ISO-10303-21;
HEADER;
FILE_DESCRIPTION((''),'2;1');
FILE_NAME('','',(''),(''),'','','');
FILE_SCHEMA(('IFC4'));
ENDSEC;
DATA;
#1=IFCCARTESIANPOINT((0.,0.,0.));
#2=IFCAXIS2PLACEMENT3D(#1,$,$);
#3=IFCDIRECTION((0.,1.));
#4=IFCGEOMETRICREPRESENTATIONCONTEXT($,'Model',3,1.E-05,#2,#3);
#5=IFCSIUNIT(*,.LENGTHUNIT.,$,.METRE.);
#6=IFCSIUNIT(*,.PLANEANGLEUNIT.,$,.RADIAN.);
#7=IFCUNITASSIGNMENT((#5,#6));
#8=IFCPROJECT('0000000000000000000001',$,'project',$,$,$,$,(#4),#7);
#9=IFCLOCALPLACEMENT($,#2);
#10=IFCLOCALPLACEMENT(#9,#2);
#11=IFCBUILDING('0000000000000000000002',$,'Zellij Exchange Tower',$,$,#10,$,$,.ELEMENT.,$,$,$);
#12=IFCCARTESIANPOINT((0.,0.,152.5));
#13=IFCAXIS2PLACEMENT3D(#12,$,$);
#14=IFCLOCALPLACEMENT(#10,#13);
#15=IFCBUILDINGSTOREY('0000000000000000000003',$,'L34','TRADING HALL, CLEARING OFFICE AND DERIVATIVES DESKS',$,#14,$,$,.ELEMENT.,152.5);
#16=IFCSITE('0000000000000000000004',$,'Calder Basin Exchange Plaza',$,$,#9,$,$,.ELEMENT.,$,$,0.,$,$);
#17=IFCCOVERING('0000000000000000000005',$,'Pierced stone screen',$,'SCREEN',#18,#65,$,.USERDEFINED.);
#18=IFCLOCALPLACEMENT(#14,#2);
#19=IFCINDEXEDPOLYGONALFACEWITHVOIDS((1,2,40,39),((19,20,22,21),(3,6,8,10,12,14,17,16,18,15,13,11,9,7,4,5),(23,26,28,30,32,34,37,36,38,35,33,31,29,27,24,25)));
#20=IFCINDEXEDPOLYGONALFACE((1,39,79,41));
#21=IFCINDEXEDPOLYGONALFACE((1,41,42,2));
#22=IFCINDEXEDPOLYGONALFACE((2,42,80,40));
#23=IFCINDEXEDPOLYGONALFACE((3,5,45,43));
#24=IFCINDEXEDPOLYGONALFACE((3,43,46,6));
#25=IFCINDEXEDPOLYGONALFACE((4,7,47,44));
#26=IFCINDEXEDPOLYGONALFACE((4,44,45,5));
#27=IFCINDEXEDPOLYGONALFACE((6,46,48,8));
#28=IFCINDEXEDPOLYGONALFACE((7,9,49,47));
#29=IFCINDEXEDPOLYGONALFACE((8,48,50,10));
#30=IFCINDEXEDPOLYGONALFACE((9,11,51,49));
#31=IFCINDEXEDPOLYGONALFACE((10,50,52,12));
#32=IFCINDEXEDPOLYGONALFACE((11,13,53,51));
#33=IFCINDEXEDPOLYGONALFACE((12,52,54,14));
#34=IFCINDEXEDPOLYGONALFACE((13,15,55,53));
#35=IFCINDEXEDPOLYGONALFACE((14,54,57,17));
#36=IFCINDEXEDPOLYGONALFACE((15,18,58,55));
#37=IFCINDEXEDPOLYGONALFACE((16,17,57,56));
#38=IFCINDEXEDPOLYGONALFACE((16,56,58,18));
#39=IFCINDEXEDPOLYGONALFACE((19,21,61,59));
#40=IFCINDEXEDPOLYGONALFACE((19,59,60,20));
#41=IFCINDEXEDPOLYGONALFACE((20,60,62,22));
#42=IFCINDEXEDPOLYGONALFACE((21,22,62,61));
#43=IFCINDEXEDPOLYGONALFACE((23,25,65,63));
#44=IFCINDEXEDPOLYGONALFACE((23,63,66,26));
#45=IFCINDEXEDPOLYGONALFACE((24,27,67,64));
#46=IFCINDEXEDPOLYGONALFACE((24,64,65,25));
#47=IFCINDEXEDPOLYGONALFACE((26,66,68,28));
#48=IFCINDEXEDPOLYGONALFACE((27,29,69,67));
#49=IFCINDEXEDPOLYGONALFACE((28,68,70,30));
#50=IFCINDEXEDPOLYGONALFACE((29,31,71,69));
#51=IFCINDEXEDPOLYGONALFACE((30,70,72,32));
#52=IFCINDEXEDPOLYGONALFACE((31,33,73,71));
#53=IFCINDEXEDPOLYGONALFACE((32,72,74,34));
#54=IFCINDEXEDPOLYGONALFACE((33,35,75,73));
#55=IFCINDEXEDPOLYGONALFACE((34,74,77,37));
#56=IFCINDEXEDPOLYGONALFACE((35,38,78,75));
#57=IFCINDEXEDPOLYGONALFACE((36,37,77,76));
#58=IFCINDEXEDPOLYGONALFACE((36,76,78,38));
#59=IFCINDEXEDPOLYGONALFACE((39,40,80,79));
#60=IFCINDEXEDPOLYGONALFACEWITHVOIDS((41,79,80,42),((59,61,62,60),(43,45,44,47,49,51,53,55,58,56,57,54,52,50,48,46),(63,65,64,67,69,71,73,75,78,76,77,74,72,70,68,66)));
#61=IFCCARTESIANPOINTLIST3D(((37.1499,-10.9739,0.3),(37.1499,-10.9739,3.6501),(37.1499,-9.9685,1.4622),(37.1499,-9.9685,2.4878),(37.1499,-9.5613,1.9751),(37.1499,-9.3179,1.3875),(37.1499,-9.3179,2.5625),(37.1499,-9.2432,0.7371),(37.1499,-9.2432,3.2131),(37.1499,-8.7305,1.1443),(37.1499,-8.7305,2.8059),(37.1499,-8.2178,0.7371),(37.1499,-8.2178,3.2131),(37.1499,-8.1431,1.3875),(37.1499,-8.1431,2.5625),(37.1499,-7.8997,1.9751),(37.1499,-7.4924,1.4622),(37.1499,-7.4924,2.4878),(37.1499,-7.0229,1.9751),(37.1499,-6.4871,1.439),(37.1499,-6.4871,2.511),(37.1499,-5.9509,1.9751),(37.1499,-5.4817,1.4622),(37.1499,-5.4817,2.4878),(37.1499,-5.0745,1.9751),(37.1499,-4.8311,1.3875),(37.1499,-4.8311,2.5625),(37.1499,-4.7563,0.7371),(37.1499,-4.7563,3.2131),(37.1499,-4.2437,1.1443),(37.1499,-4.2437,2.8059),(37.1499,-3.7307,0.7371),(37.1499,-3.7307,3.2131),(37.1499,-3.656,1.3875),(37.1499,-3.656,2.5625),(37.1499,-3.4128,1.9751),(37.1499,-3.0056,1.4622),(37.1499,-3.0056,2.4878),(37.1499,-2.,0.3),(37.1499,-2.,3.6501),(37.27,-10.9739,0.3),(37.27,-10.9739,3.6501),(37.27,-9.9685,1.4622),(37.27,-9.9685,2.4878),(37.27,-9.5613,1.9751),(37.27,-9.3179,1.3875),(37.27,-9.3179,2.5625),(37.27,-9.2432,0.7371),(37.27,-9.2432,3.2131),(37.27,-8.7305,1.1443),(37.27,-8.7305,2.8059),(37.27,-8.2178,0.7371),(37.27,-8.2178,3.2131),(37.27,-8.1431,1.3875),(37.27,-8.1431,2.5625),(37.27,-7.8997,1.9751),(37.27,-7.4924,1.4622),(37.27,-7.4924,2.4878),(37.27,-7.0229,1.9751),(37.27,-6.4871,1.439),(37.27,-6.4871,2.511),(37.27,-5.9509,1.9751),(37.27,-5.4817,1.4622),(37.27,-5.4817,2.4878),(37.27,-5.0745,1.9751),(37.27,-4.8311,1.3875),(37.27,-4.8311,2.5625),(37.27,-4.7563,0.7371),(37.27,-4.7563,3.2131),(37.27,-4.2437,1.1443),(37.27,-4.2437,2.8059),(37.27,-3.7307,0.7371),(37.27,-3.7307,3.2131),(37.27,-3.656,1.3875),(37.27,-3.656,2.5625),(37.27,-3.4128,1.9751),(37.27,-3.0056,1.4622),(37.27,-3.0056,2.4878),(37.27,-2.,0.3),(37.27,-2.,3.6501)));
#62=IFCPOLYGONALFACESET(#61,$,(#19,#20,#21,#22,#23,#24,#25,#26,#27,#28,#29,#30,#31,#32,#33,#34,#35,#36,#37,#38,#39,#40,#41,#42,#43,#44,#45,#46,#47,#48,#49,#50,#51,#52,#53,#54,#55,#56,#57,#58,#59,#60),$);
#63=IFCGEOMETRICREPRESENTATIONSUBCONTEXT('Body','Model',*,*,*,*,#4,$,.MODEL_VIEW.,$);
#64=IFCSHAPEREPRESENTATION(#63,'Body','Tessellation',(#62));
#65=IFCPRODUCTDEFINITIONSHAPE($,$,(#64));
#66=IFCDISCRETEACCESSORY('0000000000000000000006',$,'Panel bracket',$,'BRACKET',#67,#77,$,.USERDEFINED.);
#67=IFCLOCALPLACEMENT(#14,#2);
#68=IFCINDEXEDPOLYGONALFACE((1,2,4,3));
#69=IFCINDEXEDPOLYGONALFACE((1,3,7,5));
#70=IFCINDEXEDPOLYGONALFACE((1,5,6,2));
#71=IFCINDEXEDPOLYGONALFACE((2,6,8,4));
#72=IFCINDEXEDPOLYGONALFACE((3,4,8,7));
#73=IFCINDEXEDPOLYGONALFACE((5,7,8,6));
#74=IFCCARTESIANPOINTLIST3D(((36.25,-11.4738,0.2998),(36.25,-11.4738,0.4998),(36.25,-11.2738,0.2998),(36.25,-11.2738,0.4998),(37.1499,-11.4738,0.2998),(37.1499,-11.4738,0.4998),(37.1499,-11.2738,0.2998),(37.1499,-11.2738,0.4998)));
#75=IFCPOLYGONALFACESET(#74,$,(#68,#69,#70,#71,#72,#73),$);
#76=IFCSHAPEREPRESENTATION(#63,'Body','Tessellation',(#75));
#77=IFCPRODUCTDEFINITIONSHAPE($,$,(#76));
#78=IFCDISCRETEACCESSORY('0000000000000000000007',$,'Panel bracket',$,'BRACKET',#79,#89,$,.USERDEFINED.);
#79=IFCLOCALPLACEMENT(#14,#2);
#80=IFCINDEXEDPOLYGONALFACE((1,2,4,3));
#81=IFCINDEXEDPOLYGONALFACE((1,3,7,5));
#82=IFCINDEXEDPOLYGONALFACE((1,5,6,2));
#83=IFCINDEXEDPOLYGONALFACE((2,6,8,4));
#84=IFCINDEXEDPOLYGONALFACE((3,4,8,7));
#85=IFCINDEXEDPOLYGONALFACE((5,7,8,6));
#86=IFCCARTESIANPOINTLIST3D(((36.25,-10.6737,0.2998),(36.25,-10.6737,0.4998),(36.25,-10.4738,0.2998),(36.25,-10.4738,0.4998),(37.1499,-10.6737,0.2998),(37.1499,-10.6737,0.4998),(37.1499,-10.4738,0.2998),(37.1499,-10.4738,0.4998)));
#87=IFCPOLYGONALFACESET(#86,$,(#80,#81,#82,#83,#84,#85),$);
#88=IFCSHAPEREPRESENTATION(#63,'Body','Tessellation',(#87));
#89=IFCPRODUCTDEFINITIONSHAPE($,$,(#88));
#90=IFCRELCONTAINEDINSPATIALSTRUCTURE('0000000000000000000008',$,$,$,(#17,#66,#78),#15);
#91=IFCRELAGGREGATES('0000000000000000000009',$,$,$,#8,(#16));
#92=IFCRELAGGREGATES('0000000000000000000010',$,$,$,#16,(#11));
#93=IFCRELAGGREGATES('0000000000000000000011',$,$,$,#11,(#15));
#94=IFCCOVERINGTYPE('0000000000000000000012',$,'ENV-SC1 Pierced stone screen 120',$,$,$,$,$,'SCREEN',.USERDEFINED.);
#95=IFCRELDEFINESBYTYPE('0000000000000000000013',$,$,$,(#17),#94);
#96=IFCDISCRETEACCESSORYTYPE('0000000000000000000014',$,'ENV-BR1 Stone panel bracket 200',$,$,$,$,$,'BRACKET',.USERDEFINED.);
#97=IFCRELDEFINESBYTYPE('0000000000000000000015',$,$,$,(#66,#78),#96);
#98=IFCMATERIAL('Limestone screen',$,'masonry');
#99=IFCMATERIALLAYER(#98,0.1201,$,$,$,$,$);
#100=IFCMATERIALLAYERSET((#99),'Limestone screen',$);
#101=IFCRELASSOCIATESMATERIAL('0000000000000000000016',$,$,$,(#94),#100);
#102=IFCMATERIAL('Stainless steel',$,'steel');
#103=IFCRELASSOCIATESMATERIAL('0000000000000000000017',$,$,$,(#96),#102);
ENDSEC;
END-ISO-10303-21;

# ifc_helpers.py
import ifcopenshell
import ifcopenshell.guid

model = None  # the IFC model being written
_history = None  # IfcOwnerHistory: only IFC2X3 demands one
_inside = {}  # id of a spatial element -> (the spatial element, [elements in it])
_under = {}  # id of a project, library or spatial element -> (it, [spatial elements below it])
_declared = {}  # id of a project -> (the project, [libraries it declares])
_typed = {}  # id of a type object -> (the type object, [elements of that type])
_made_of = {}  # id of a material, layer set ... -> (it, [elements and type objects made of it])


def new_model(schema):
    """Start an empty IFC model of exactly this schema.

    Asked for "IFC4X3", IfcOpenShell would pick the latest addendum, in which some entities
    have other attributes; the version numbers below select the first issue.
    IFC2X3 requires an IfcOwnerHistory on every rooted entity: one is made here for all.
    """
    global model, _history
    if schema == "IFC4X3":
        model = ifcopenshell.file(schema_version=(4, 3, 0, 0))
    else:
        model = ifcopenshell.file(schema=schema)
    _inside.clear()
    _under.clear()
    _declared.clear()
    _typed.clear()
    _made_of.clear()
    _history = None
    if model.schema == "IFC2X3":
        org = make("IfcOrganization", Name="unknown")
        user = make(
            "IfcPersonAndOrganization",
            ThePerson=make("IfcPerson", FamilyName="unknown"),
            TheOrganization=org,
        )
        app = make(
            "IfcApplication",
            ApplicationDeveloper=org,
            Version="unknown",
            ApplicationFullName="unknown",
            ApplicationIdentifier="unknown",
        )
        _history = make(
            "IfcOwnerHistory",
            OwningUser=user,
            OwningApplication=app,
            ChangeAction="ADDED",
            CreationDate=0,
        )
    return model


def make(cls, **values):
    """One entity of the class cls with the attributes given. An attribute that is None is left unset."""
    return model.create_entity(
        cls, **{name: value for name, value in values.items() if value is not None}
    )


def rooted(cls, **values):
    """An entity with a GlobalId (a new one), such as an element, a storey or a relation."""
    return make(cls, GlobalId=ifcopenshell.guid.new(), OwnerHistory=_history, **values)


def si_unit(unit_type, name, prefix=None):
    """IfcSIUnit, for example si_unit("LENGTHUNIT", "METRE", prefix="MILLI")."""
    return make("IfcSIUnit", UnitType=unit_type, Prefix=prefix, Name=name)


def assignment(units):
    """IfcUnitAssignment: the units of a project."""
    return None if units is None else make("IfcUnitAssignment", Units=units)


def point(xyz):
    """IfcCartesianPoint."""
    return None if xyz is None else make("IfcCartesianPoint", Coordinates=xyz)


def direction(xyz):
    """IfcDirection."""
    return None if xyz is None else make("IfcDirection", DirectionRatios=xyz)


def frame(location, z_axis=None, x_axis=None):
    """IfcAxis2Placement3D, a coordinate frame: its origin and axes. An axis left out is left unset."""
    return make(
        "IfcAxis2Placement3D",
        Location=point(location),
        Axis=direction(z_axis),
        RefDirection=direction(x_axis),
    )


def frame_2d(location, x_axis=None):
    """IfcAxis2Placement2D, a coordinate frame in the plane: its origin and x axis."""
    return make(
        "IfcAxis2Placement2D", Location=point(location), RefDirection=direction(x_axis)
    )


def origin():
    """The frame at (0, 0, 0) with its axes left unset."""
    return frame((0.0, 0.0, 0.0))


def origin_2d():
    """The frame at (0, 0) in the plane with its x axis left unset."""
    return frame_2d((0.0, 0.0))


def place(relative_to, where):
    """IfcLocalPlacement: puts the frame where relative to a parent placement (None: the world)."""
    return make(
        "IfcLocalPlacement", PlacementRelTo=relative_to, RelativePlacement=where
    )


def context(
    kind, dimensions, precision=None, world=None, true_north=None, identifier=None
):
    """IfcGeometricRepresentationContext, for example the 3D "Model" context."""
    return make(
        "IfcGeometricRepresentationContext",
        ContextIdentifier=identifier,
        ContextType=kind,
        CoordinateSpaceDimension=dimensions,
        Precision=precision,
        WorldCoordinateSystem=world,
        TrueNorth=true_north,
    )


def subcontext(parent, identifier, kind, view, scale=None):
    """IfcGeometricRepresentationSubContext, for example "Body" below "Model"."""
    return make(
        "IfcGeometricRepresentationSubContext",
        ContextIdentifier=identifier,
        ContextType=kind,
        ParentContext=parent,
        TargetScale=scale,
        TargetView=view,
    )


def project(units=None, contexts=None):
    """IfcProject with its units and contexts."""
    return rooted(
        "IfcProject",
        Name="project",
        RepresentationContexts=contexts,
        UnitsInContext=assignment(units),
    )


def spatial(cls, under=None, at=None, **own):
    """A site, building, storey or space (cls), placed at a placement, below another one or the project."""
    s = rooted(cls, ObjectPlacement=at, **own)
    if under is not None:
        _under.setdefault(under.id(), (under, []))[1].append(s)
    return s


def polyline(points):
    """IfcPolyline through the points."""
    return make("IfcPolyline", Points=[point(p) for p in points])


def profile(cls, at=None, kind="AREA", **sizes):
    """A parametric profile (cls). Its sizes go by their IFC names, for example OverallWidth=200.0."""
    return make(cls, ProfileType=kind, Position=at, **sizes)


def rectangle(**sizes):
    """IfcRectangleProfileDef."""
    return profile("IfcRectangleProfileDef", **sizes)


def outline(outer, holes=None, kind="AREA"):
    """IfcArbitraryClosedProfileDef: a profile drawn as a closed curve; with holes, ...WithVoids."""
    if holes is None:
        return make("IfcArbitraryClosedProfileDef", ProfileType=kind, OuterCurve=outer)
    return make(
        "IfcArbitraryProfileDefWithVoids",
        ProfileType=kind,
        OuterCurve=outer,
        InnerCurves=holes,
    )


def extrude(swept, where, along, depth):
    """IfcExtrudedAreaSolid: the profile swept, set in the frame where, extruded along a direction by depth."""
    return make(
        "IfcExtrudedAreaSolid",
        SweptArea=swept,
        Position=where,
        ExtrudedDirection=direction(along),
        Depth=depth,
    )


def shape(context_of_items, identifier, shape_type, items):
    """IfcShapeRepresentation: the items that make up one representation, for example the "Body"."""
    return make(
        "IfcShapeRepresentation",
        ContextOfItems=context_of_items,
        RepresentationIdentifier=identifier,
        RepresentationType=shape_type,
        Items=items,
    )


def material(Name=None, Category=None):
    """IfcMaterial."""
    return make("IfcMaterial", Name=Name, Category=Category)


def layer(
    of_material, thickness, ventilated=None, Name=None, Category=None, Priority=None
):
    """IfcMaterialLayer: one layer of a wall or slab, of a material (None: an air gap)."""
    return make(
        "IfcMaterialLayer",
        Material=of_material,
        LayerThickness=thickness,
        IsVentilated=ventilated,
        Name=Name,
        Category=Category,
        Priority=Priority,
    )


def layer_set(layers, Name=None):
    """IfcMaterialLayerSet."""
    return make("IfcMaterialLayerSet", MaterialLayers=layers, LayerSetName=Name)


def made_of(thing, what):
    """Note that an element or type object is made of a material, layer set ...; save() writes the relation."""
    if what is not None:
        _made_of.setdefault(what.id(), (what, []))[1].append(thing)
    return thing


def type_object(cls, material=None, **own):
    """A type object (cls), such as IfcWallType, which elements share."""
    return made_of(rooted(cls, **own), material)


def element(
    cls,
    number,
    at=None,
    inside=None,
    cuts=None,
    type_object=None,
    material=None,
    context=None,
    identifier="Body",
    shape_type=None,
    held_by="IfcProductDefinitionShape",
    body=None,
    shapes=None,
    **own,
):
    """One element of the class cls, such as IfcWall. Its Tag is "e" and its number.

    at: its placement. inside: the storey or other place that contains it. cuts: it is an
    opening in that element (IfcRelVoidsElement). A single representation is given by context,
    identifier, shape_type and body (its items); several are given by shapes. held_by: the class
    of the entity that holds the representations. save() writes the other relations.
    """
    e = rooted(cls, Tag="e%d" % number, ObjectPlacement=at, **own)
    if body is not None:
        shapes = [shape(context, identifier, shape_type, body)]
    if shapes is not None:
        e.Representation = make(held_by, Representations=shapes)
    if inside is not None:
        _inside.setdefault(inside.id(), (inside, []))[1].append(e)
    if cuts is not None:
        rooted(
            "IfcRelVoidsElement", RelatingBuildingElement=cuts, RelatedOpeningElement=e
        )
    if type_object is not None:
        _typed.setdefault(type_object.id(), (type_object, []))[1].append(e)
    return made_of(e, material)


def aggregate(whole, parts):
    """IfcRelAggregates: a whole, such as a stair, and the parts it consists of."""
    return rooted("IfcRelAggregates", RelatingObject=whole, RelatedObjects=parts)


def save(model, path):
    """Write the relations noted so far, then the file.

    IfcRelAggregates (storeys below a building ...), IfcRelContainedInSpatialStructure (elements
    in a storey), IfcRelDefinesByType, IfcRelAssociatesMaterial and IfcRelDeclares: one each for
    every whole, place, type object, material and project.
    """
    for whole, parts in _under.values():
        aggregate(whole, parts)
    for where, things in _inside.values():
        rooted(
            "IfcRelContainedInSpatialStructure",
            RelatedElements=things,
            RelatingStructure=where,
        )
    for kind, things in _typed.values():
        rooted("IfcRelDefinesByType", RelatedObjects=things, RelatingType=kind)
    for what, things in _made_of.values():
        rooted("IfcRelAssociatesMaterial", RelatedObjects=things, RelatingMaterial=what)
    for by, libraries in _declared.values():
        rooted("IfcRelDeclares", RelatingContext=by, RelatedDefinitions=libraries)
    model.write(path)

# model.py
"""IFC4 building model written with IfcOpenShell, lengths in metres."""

from ifc_helpers import new_model, si_unit, direction, frame, origin, origin_2d, place, context, subcontext, project, spatial, polyline, rectangle, outline, extrude, material, layer, layer_set, type_object, element, save


model = new_model("IFC4")

# Units and contexts
model_context = context("Model", 3, precision=1e-05, world=origin(), true_north=direction((0.0, 1.0)))
body_context = subcontext(model_context, "Body", "Model", "MODEL_VIEW")
ifc_project = project(units=[si_unit("LENGTHUNIT", "METRE"), si_unit("PLANEANGLEUNIT", "RADIAN")], contexts=[model_context])

# Site, building, storey
site_placement = place(None, origin())
site = spatial("IfcSite", under=ifc_project, at=site_placement, Name="Calder Basin Exchange Plaza", CompositionType="ELEMENT", RefElevation=0.0)
building_placement = place(site_placement, origin())
building = spatial("IfcBuilding", under=site, at=building_placement, Name="Zellij Exchange Tower", CompositionType="ELEMENT")
storey_placement = place(building_placement, frame((0.0, 0.0, 152.5)))
storey = spatial("IfcBuildingStorey", under=building, at=storey_placement, Name="L34", Description="TRADING HALL, CLEARING OFFICE AND DERIVATIVES DESKS", CompositionType="ELEMENT", Elevation=152.5)

# Shared definitions
ifc_material_1 = material(Name="Stainless steel", Category="steel")

# Covering
ifc_material_2 = material(Name="Limestone screen", Category="masonry")
ifc_layer_1 = layer(ifc_material_2, 0.1201)
ifc_layer_set_1 = layer_set([ifc_layer_1], Name="Limestone screen")
covering_type = type_object("IfcCoveringType", Name="ENV-SC1 Pierced stone screen 120", ElementType="SCREEN", PredefinedType="USERDEFINED", material=ifc_layer_set_1)
covering_placement = place(storey_placement, frame((37.21, -10.9739, 0.3), z_axis=(0.0, 0.0, 1.0), x_axis=(0.0, 1.0, 0.0)))
element("IfcCovering", 1, at=covering_placement, inside=storey, type_object=covering_type, Name="Pierced stone screen", ObjectType="SCREEN", PredefinedType="USERDEFINED", context=body_context, shape_type="SweptSolid", body=[
    extrude(outline(polyline([(0.0, 0.0), (8.9739, 0.0), (8.9739, 3.3501), (0.0, 3.3501), (0.0, 0.0)]), holes=[polyline([(3.4814, 2.1877), (2.8308, 2.2625), (2.7561, 2.9131), (2.2434, 2.5059), (1.7307, 2.9131), (1.656, 2.2625), (1.0054, 2.1877), (1.4126, 1.675), (1.0054, 1.1621), (1.656, 1.0874), (1.7307, 0.437), (2.2434, 0.8442), (2.7561, 0.437), (2.8308, 1.0874), (3.4814, 1.1621), (3.0742, 1.675), (3.4814, 2.1877)]), polyline([(7.9683, 2.1877), (7.3179, 2.2625), (7.2432, 2.9131), (6.7302, 2.5059), (6.2175, 2.9131), (6.1428, 2.2625), (5.4922, 2.1877), (5.8994, 1.675), (5.4922, 1.1621), (6.1428, 1.0874), (6.2175, 0.437), (6.7302, 0.8442), (7.2432, 0.437), (7.3179, 1.0874), (7.9683, 1.1621), (7.561, 1.675), (7.9683, 2.1877)]), polyline([(5.0229, 1.675), (4.4868, 2.2109), (3.9509, 1.675), (4.4868, 1.1389), (5.0229, 1.675)])]), frame((0.0, 0.0601, 0.0), z_axis=(0.0, -1.0, 0.0), x_axis=(1.0, 0.0, 0.0)), (0.0, 0.0, 1.0), 0.1201),
])

# Discrete accessories
discrete_accessory_type = type_object("IfcDiscreteAccessoryType", Name="ENV-BR1 Stone panel bracket 200", ElementType="BRACKET", PredefinedType="USERDEFINED", material=ifc_material_1)
for number, where, z_axis, x_axis, name in (
    (2, (36.7, -11.3738, 0.2998), (0.0, 0.0, 1.0), (0.0, 1.0, 0.0), "Panel bracket"),
    (3, (36.7, -10.5737, 0.2998), (0.0, 0.0, 1.0), (0.0, 1.0, 0.0), "Panel bracket"),
):
    element("IfcDiscreteAccessory", number, at=place(storey_placement, frame(where, z_axis=z_axis, x_axis=x_axis)), inside=storey, type_object=discrete_accessory_type, Name=name, ObjectType="BRACKET", PredefinedType="USERDEFINED", context=body_context, shape_type="SweptSolid", body=[
        extrude(rectangle(XDim=0.2, YDim=0.8999, at=origin_2d()), origin(), (0.0, 0.0, 1.0), 0.2),
    ])

save(model, "model.ifc")
